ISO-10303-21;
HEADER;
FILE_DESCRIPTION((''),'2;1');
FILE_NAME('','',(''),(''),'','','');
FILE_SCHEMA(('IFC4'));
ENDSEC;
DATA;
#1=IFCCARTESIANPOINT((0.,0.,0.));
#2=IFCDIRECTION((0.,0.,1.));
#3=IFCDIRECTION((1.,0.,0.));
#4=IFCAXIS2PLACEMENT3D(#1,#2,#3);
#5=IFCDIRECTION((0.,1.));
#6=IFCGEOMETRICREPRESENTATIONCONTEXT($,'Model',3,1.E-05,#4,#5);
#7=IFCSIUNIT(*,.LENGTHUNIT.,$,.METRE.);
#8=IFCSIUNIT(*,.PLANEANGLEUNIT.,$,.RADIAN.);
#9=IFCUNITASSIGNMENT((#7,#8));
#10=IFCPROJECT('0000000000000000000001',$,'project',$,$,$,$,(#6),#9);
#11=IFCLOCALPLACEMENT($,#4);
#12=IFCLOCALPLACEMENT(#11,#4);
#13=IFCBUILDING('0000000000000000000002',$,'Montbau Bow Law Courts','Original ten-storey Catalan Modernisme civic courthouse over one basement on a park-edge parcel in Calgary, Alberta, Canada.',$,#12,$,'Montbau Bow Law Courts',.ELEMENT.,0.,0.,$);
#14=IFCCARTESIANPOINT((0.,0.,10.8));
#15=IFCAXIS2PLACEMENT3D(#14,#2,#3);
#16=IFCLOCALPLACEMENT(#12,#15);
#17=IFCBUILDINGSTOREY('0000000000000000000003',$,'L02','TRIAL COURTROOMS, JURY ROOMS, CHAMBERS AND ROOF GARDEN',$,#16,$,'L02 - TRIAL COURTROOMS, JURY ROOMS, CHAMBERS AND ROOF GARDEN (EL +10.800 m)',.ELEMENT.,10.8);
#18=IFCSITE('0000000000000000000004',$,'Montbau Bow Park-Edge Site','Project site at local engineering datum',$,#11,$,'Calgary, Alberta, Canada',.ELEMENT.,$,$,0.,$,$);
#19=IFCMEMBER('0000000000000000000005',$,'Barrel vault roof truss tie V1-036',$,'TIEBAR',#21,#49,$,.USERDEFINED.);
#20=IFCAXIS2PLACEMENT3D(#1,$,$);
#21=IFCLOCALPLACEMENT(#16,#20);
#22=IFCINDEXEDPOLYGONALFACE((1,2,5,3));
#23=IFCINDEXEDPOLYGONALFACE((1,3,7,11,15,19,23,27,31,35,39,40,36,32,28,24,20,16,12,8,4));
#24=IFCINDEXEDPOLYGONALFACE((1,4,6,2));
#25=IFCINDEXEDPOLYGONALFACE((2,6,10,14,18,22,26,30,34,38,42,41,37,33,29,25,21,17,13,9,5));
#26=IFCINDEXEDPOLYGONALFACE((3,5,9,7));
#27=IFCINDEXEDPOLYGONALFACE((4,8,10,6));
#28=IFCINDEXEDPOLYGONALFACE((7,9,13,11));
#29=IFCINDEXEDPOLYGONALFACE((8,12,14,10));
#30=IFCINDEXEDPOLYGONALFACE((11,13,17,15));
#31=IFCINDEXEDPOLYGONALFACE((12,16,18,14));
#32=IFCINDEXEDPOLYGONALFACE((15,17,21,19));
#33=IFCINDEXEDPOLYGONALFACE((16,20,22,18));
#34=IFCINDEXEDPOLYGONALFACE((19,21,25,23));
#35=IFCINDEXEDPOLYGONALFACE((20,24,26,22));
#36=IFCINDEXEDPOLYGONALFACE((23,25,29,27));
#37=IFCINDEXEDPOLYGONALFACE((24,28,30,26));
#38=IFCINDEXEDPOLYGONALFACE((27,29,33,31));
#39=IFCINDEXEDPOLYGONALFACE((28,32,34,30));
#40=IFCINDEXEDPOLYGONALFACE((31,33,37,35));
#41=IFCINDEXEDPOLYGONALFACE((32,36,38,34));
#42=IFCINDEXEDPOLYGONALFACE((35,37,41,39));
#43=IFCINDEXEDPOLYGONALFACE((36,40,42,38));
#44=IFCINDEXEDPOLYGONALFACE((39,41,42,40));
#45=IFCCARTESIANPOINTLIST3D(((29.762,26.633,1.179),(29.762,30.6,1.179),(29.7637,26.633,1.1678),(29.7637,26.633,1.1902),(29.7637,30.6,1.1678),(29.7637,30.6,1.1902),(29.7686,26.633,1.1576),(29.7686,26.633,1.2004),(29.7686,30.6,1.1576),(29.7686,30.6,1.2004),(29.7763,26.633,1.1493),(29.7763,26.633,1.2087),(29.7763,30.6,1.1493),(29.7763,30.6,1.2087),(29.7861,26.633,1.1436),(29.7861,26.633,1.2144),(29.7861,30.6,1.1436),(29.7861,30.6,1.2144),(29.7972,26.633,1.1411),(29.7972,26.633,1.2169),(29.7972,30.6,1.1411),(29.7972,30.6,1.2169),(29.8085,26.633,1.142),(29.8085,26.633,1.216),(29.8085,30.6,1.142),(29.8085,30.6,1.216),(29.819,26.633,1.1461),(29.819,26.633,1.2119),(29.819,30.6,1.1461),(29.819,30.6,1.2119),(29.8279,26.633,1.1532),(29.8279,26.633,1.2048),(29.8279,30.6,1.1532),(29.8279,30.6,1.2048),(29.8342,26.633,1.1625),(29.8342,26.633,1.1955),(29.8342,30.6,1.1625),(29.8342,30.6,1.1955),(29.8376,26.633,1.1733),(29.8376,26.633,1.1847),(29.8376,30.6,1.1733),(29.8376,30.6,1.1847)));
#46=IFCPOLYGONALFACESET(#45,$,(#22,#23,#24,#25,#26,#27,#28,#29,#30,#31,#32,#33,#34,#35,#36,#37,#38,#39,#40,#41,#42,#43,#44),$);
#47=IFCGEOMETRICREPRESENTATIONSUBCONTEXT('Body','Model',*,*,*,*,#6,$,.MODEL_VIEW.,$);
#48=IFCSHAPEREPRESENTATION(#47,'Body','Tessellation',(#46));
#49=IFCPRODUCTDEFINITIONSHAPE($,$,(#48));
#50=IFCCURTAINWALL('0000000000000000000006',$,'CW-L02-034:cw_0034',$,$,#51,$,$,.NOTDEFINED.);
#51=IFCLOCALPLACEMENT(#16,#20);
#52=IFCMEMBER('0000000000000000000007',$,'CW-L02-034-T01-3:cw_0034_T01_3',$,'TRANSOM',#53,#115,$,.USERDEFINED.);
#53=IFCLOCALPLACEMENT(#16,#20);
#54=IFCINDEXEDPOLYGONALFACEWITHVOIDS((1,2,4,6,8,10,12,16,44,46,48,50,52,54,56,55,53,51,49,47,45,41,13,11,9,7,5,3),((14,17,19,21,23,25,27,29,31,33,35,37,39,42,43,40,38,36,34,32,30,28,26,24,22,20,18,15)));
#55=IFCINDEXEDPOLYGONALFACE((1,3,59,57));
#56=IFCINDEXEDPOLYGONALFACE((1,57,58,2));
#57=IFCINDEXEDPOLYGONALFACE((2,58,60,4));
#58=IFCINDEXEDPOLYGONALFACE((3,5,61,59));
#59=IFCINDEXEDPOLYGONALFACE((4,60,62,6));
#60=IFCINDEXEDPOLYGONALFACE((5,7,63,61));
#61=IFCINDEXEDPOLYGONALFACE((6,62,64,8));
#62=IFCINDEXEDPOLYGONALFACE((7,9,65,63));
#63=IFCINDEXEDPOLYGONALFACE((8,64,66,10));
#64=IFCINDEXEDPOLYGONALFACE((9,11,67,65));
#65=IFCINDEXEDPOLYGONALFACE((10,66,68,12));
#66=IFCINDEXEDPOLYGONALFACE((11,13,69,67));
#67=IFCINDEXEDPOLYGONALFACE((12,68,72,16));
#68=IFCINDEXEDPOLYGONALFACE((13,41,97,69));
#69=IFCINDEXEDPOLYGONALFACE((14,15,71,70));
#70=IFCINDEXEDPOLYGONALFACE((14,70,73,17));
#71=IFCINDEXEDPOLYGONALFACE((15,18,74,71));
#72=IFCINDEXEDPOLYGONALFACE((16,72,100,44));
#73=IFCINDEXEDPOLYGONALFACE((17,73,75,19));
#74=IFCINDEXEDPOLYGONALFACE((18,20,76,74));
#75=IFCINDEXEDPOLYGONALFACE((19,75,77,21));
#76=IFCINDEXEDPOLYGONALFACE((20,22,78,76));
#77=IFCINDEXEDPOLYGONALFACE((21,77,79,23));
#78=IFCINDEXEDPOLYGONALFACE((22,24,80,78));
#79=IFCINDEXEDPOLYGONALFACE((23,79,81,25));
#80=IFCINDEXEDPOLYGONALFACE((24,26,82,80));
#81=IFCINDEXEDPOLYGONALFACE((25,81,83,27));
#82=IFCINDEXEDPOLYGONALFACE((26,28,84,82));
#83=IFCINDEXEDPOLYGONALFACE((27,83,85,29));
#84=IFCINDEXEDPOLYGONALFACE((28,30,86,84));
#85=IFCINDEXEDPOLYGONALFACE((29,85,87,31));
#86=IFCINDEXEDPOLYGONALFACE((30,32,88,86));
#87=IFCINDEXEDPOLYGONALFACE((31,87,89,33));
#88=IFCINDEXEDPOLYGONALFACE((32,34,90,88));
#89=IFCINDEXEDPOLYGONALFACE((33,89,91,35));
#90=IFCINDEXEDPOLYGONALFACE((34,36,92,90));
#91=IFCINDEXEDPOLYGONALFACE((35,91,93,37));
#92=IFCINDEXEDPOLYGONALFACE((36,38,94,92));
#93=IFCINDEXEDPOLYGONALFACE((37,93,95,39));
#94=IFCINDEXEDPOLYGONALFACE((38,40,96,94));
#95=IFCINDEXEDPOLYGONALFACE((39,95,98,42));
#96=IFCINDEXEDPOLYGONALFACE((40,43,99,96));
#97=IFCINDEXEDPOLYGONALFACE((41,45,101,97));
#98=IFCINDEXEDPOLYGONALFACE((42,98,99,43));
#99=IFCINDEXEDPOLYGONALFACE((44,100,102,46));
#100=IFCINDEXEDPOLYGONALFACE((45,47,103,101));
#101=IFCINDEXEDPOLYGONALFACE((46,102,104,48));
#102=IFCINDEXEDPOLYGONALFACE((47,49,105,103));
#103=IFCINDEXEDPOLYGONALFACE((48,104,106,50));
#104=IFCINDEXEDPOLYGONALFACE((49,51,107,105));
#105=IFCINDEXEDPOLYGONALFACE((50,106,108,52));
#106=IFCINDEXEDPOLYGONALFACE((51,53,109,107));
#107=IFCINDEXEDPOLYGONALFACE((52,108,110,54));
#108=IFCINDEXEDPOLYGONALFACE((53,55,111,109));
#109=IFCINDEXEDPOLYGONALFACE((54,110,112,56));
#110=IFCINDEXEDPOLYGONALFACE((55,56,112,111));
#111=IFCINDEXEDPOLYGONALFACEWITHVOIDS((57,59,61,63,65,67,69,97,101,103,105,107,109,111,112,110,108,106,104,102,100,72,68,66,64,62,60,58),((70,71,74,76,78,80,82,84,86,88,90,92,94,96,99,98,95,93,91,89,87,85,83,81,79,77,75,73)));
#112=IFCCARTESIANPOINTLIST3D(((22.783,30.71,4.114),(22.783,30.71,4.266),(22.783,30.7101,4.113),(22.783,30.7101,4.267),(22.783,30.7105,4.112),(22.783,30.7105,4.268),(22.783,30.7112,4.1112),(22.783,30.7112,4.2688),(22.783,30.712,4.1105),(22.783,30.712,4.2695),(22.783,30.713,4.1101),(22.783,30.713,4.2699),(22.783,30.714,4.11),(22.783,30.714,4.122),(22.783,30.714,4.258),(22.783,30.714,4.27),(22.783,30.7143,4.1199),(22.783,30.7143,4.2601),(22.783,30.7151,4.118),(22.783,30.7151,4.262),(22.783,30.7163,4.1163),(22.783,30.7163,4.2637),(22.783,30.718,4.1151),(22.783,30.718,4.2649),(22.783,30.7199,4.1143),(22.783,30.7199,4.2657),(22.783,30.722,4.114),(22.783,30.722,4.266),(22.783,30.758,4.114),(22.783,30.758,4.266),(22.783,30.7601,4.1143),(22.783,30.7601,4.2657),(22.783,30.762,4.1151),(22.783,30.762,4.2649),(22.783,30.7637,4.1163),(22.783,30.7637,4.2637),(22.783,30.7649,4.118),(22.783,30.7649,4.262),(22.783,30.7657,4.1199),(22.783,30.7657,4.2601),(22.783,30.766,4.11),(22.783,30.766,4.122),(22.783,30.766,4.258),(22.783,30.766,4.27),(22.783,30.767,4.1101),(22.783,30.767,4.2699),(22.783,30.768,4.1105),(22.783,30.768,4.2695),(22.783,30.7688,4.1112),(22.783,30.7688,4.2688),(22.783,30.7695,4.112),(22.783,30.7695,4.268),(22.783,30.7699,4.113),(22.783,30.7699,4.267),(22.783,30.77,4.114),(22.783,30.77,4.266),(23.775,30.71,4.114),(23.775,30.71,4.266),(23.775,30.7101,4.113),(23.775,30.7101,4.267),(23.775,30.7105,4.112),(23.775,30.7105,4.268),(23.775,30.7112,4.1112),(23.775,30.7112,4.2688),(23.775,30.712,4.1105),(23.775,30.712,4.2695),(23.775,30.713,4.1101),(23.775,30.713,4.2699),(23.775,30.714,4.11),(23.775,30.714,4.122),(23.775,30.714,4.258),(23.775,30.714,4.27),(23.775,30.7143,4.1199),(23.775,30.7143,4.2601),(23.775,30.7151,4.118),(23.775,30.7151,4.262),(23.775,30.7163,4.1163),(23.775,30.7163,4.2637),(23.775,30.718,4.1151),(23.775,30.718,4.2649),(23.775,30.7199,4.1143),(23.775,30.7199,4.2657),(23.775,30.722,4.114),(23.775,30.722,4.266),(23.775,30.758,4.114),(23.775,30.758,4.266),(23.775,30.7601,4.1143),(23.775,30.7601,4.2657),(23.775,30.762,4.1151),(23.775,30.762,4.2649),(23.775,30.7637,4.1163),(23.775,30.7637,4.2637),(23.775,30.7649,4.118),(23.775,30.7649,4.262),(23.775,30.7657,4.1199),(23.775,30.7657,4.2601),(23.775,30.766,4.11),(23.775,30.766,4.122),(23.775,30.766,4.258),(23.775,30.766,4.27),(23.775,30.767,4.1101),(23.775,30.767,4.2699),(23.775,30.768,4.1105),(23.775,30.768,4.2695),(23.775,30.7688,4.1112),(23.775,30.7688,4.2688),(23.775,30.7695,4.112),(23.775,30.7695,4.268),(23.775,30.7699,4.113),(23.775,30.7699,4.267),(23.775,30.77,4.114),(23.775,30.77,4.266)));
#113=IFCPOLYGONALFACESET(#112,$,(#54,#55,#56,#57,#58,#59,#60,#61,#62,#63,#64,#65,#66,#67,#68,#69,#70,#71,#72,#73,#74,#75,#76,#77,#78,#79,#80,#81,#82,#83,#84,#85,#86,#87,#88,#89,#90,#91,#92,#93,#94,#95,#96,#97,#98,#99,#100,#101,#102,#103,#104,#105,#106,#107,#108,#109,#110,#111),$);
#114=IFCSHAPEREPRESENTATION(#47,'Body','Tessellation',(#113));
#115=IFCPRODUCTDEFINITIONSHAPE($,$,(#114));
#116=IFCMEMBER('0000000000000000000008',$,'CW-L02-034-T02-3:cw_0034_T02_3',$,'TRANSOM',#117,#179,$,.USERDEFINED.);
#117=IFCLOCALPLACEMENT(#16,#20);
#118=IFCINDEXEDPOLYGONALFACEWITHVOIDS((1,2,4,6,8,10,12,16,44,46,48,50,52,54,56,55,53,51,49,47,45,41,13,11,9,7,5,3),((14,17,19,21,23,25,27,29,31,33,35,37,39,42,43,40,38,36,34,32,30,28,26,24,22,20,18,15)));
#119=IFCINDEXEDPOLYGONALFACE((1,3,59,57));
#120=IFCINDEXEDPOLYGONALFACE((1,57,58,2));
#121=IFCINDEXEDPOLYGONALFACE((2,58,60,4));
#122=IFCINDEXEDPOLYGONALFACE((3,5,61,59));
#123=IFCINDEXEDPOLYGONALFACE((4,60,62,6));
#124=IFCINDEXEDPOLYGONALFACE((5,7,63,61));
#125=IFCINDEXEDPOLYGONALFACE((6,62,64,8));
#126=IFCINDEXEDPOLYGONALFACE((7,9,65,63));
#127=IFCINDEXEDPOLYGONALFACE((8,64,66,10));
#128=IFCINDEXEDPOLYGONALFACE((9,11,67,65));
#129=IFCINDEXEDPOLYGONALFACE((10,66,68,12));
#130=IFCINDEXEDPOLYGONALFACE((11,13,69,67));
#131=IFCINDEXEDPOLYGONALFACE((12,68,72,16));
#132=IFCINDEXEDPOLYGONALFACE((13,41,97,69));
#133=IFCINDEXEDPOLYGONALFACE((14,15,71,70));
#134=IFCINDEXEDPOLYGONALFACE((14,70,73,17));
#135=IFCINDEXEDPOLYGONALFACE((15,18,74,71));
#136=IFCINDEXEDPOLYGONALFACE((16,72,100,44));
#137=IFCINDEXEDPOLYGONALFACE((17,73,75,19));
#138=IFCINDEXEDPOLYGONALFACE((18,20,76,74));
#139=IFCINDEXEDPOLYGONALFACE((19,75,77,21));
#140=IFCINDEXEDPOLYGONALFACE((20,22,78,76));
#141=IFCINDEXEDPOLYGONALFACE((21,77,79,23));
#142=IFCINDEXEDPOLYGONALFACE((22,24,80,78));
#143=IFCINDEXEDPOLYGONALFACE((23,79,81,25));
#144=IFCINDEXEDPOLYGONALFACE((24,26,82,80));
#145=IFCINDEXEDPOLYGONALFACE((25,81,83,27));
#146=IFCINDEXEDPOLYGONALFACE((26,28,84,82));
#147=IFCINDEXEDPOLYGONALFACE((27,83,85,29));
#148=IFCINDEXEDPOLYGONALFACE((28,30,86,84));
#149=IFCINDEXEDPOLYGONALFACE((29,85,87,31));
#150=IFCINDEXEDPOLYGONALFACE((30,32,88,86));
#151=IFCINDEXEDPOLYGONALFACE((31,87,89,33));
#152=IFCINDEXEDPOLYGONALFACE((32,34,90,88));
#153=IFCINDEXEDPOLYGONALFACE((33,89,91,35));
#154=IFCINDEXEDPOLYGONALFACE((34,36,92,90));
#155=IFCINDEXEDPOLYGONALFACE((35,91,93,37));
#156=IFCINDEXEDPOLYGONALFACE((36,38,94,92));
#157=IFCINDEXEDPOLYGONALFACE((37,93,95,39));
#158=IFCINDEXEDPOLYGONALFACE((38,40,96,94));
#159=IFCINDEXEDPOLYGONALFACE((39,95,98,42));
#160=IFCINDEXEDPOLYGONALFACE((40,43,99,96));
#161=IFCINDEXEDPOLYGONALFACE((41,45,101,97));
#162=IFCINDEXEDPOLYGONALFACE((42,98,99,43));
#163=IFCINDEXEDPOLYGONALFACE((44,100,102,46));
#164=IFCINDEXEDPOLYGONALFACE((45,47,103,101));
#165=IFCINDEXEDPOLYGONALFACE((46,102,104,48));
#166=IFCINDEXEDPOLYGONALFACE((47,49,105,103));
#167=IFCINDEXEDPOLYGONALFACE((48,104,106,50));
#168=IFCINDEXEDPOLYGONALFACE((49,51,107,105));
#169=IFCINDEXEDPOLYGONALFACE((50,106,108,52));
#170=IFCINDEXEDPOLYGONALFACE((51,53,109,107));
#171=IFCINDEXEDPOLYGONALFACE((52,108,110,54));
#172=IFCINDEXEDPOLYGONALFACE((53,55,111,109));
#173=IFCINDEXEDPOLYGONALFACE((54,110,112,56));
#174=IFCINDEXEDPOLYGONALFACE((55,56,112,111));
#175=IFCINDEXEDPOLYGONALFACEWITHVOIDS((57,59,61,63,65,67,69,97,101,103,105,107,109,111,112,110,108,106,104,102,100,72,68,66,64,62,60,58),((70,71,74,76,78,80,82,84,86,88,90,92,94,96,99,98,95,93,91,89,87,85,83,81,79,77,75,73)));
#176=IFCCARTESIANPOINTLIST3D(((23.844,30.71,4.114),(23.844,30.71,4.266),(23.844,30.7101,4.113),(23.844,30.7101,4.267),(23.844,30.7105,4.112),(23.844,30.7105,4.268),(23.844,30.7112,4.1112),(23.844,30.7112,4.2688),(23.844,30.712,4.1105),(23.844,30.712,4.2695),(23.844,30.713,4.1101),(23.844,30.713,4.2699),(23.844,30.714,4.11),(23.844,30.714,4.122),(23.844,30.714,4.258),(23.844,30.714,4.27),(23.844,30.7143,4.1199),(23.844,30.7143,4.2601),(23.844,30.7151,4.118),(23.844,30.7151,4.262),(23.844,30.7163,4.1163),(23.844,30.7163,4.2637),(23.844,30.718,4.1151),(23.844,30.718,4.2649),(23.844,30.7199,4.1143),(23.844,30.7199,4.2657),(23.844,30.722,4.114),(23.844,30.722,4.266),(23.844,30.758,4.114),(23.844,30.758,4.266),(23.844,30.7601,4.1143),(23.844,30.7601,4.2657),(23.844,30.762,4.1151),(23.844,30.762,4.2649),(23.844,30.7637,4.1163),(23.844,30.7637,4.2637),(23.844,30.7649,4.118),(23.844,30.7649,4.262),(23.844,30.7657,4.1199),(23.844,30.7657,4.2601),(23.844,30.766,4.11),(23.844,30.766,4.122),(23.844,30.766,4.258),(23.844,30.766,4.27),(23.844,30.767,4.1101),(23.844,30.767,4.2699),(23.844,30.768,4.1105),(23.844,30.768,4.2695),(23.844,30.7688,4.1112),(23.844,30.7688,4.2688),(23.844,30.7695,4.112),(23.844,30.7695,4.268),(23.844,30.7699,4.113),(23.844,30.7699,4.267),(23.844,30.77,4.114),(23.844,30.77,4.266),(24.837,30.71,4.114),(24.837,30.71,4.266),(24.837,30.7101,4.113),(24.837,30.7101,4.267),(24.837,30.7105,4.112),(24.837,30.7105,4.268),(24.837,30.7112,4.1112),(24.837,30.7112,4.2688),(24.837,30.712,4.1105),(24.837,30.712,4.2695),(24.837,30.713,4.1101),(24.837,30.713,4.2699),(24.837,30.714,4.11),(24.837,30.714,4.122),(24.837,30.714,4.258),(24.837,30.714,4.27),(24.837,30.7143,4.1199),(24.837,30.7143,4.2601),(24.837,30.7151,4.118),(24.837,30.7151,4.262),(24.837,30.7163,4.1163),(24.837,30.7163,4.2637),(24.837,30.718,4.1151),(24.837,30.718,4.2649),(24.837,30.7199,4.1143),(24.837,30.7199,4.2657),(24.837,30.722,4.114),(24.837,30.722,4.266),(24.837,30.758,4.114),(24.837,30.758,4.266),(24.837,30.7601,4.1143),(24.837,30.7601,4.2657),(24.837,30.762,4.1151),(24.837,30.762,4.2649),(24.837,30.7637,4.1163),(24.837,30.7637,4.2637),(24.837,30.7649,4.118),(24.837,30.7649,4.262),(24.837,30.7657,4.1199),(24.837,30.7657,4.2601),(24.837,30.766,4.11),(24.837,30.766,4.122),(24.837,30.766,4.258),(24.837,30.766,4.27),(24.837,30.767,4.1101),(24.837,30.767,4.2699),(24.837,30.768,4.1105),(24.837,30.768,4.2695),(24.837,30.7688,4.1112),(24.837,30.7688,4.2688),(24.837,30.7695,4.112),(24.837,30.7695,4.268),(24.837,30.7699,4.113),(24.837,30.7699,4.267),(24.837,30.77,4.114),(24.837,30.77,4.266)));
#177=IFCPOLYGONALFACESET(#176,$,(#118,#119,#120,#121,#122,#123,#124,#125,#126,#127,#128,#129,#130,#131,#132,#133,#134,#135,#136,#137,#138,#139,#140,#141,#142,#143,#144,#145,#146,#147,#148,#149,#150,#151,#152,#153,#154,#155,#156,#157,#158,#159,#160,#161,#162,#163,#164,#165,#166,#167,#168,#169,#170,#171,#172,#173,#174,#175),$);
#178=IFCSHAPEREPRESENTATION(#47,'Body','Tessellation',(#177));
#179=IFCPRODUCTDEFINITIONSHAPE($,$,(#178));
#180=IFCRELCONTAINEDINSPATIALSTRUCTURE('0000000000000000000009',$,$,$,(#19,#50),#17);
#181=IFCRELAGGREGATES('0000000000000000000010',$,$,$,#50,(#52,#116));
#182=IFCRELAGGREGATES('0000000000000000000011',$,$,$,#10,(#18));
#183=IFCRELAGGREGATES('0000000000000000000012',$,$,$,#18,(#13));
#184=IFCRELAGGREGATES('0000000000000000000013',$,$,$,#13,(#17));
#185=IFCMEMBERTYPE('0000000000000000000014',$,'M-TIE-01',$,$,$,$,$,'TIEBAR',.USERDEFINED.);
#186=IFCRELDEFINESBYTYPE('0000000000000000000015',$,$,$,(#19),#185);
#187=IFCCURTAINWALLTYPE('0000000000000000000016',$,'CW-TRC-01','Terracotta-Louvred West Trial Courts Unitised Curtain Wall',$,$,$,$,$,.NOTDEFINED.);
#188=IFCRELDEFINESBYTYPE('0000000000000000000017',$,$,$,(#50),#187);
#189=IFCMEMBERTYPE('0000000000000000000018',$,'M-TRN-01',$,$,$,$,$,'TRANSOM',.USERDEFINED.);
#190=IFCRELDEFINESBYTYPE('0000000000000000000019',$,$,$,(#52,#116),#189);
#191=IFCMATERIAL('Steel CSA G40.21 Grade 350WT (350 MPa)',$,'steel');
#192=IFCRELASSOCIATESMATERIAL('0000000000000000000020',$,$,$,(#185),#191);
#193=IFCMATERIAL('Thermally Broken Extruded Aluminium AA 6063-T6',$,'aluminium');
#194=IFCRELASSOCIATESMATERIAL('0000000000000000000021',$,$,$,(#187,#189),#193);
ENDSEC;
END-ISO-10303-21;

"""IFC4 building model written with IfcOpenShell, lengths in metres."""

from ifc_helpers import new_model, si_unit, direction, frame, origin_with_axes, origin_2d_with_axis, place, context, subcontext, project, spatial, hollow_rectangle, circle, extrude, material, material_profile, profile_set, type_object, element, aggregate, save


model = new_model("IFC4")

# Units and contexts
model_context = context("Model", 3, precision=1e-05, world=origin_with_axes(), true_north=direction((0.0, 1.0)))
body_context = subcontext(model_context, "Body", "Model", "MODEL_VIEW")
ifc_project = project(units=[si_unit("LENGTHUNIT", "METRE"), si_unit("PLANEANGLEUNIT", "RADIAN")], contexts=[model_context])

# Site, building, storey
site_placement = place(None, origin_with_axes())
site = spatial("IfcSite", under=ifc_project, at=site_placement, Name="Montbau Bow Park-Edge Site", Description="Project site at local engineering datum", LongName="Calgary, Alberta, Canada", CompositionType="ELEMENT", RefElevation=0.0)
building_placement = place(site_placement, origin_with_axes())
building = spatial("IfcBuilding", under=site, at=building_placement, Name="Montbau Bow Law Courts", Description="Original ten-storey Catalan Modernisme civic courthouse over one basement on a park-edge parcel in Calgary, Alberta, Canada.", LongName="Montbau Bow Law Courts", CompositionType="ELEMENT", ElevationOfRefHeight=0.0, ElevationOfTerrain=0.0)
storey_placement = place(building_placement, frame((0.0, 0.0, 10.8), z_axis=(0.0, 0.0, 1.0), x_axis=(1.0, 0.0, 0.0)))
storey = spatial("IfcBuildingStorey", under=building, at=storey_placement, Name="L02", Description="TRIAL COURTROOMS, JURY ROOMS, CHAMBERS AND ROOF GARDEN", LongName="L02 - TRIAL COURTROOMS, JURY ROOMS, CHAMBERS AND ROOF GARDEN (EL +10.800 m)", CompositionType="ELEMENT", Elevation=10.8)

# Shared definitions
ifc_material_1 = material(Name="Steel CSA G40.21 Grade 350WT (350 MPa)", Category="steel")

# Member
ifc_material_profile_1 = material_profile(ifc_material_1, circle(Radius=0.038, at=origin_2d_with_axis()), Name="ROD76", Category="Main", Priority=0)
ifc_profile_set_1 = profile_set([ifc_material_profile_1], Name="Steel CSA G40.21 Grade 350WT (350 MPa)")
member_type_1 = type_object("IfcMemberType", Name="M-TIE-01", ElementType="TIEBAR", PredefinedType="USERDEFINED", material=ifc_profile_set_1)
member_1_placement = place(None, frame((29.8, 26.633, 11.979), z_axis=(0.0, 1.0, 0.0), x_axis=(-1.0, 0.0, 0.0)))
element("IfcMember", 1, at=member_1_placement, inside=storey, type_object=member_type_1, Name="Barrel vault roof truss tie V1-036", ObjectType="TIEBAR", PredefinedType="USERDEFINED", context=body_context, shape_type="SweptSolid", body=[
    extrude(circle(Radius=0.038, at=origin_2d_with_axis()), origin_with_axes(), (0.0, 0.0, 1.0), 3.967),
])

# Curtain wall, members
ifc_material_2 = material(Name="Thermally Broken Extruded Aluminium AA 6063-T6", Category="aluminium")
curtain_wall_type = type_object("IfcCurtainWallType", Name="CW-TRC-01", Description="Terracotta-Louvred West Trial Courts Unitised Curtain Wall", PredefinedType="NOTDEFINED", material=ifc_material_2)
curtain_wall_1_placement = place(None, frame((22.715, 30.74, 10.8), z_axis=(0.0, 0.0, 1.0), x_axis=(1.0, 0.0, 0.0)))
curtain_wall_1 = element("IfcCurtainWall", 2, at=curtain_wall_1_placement, inside=storey, type_object=curtain_wall_type, Name="CW-L02-034:cw_0034", PredefinedType="NOTDEFINED")
ifc_material_profile_2 = material_profile(ifc_material_2, hollow_rectangle(XDim=0.06, YDim=0.16, WallThickness=0.004, InnerFilletRadius=0.008, OuterFilletRadius=0.004, at=origin_2d_with_axis()), Name="CWT-160X60", Category="Main", Priority=0)
ifc_profile_set_2 = profile_set([ifc_material_profile_2], Name="Thermally Broken Extruded Aluminium AA 6063-T6")
member_type_2 = type_object("IfcMemberType", Name="M-TRN-01", ElementType="TRANSOM", PredefinedType="USERDEFINED", material=ifc_profile_set_2)
member_2_placement = place(None, frame((22.783, 30.74, 14.99), z_axis=(1.0, 0.0, 0.0), x_axis=(0.0, 1.0, 0.0)))
member_2 = element("IfcMember", 3, at=member_2_placement, type_object=member_type_2, Name="CW-L02-034-T01-3:cw_0034_T01_3", ObjectType="TRANSOM", PredefinedType="USERDEFINED", context=body_context, shape_type="SweptSolid", body=[
    extrude(hollow_rectangle(XDim=0.06, YDim=0.16, WallThickness=0.004, InnerFilletRadius=0.008, OuterFilletRadius=0.004, at=origin_2d_with_axis()), origin_with_axes(), (0.0, 0.0, 1.0), 0.992),
])
member_3_placement = place(None, frame((23.844, 30.74, 14.99), z_axis=(1.0, 0.0, 0.0), x_axis=(0.0, 1.0, 0.0)))
member_3 = element("IfcMember", 4, at=member_3_placement, type_object=member_type_2, Name="CW-L02-034-T02-3:cw_0034_T02_3", ObjectType="TRANSOM", PredefinedType="USERDEFINED", context=body_context, shape_type="SweptSolid", body=[
    extrude(hollow_rectangle(XDim=0.06, YDim=0.16, WallThickness=0.004, InnerFilletRadius=0.008, OuterFilletRadius=0.004, at=origin_2d_with_axis()), origin_with_axes(), (0.0, 0.0, 1.0), 0.993),
])
aggregate(curtain_wall_1, [member_2, member_3])

save(model, "model.ifc")
